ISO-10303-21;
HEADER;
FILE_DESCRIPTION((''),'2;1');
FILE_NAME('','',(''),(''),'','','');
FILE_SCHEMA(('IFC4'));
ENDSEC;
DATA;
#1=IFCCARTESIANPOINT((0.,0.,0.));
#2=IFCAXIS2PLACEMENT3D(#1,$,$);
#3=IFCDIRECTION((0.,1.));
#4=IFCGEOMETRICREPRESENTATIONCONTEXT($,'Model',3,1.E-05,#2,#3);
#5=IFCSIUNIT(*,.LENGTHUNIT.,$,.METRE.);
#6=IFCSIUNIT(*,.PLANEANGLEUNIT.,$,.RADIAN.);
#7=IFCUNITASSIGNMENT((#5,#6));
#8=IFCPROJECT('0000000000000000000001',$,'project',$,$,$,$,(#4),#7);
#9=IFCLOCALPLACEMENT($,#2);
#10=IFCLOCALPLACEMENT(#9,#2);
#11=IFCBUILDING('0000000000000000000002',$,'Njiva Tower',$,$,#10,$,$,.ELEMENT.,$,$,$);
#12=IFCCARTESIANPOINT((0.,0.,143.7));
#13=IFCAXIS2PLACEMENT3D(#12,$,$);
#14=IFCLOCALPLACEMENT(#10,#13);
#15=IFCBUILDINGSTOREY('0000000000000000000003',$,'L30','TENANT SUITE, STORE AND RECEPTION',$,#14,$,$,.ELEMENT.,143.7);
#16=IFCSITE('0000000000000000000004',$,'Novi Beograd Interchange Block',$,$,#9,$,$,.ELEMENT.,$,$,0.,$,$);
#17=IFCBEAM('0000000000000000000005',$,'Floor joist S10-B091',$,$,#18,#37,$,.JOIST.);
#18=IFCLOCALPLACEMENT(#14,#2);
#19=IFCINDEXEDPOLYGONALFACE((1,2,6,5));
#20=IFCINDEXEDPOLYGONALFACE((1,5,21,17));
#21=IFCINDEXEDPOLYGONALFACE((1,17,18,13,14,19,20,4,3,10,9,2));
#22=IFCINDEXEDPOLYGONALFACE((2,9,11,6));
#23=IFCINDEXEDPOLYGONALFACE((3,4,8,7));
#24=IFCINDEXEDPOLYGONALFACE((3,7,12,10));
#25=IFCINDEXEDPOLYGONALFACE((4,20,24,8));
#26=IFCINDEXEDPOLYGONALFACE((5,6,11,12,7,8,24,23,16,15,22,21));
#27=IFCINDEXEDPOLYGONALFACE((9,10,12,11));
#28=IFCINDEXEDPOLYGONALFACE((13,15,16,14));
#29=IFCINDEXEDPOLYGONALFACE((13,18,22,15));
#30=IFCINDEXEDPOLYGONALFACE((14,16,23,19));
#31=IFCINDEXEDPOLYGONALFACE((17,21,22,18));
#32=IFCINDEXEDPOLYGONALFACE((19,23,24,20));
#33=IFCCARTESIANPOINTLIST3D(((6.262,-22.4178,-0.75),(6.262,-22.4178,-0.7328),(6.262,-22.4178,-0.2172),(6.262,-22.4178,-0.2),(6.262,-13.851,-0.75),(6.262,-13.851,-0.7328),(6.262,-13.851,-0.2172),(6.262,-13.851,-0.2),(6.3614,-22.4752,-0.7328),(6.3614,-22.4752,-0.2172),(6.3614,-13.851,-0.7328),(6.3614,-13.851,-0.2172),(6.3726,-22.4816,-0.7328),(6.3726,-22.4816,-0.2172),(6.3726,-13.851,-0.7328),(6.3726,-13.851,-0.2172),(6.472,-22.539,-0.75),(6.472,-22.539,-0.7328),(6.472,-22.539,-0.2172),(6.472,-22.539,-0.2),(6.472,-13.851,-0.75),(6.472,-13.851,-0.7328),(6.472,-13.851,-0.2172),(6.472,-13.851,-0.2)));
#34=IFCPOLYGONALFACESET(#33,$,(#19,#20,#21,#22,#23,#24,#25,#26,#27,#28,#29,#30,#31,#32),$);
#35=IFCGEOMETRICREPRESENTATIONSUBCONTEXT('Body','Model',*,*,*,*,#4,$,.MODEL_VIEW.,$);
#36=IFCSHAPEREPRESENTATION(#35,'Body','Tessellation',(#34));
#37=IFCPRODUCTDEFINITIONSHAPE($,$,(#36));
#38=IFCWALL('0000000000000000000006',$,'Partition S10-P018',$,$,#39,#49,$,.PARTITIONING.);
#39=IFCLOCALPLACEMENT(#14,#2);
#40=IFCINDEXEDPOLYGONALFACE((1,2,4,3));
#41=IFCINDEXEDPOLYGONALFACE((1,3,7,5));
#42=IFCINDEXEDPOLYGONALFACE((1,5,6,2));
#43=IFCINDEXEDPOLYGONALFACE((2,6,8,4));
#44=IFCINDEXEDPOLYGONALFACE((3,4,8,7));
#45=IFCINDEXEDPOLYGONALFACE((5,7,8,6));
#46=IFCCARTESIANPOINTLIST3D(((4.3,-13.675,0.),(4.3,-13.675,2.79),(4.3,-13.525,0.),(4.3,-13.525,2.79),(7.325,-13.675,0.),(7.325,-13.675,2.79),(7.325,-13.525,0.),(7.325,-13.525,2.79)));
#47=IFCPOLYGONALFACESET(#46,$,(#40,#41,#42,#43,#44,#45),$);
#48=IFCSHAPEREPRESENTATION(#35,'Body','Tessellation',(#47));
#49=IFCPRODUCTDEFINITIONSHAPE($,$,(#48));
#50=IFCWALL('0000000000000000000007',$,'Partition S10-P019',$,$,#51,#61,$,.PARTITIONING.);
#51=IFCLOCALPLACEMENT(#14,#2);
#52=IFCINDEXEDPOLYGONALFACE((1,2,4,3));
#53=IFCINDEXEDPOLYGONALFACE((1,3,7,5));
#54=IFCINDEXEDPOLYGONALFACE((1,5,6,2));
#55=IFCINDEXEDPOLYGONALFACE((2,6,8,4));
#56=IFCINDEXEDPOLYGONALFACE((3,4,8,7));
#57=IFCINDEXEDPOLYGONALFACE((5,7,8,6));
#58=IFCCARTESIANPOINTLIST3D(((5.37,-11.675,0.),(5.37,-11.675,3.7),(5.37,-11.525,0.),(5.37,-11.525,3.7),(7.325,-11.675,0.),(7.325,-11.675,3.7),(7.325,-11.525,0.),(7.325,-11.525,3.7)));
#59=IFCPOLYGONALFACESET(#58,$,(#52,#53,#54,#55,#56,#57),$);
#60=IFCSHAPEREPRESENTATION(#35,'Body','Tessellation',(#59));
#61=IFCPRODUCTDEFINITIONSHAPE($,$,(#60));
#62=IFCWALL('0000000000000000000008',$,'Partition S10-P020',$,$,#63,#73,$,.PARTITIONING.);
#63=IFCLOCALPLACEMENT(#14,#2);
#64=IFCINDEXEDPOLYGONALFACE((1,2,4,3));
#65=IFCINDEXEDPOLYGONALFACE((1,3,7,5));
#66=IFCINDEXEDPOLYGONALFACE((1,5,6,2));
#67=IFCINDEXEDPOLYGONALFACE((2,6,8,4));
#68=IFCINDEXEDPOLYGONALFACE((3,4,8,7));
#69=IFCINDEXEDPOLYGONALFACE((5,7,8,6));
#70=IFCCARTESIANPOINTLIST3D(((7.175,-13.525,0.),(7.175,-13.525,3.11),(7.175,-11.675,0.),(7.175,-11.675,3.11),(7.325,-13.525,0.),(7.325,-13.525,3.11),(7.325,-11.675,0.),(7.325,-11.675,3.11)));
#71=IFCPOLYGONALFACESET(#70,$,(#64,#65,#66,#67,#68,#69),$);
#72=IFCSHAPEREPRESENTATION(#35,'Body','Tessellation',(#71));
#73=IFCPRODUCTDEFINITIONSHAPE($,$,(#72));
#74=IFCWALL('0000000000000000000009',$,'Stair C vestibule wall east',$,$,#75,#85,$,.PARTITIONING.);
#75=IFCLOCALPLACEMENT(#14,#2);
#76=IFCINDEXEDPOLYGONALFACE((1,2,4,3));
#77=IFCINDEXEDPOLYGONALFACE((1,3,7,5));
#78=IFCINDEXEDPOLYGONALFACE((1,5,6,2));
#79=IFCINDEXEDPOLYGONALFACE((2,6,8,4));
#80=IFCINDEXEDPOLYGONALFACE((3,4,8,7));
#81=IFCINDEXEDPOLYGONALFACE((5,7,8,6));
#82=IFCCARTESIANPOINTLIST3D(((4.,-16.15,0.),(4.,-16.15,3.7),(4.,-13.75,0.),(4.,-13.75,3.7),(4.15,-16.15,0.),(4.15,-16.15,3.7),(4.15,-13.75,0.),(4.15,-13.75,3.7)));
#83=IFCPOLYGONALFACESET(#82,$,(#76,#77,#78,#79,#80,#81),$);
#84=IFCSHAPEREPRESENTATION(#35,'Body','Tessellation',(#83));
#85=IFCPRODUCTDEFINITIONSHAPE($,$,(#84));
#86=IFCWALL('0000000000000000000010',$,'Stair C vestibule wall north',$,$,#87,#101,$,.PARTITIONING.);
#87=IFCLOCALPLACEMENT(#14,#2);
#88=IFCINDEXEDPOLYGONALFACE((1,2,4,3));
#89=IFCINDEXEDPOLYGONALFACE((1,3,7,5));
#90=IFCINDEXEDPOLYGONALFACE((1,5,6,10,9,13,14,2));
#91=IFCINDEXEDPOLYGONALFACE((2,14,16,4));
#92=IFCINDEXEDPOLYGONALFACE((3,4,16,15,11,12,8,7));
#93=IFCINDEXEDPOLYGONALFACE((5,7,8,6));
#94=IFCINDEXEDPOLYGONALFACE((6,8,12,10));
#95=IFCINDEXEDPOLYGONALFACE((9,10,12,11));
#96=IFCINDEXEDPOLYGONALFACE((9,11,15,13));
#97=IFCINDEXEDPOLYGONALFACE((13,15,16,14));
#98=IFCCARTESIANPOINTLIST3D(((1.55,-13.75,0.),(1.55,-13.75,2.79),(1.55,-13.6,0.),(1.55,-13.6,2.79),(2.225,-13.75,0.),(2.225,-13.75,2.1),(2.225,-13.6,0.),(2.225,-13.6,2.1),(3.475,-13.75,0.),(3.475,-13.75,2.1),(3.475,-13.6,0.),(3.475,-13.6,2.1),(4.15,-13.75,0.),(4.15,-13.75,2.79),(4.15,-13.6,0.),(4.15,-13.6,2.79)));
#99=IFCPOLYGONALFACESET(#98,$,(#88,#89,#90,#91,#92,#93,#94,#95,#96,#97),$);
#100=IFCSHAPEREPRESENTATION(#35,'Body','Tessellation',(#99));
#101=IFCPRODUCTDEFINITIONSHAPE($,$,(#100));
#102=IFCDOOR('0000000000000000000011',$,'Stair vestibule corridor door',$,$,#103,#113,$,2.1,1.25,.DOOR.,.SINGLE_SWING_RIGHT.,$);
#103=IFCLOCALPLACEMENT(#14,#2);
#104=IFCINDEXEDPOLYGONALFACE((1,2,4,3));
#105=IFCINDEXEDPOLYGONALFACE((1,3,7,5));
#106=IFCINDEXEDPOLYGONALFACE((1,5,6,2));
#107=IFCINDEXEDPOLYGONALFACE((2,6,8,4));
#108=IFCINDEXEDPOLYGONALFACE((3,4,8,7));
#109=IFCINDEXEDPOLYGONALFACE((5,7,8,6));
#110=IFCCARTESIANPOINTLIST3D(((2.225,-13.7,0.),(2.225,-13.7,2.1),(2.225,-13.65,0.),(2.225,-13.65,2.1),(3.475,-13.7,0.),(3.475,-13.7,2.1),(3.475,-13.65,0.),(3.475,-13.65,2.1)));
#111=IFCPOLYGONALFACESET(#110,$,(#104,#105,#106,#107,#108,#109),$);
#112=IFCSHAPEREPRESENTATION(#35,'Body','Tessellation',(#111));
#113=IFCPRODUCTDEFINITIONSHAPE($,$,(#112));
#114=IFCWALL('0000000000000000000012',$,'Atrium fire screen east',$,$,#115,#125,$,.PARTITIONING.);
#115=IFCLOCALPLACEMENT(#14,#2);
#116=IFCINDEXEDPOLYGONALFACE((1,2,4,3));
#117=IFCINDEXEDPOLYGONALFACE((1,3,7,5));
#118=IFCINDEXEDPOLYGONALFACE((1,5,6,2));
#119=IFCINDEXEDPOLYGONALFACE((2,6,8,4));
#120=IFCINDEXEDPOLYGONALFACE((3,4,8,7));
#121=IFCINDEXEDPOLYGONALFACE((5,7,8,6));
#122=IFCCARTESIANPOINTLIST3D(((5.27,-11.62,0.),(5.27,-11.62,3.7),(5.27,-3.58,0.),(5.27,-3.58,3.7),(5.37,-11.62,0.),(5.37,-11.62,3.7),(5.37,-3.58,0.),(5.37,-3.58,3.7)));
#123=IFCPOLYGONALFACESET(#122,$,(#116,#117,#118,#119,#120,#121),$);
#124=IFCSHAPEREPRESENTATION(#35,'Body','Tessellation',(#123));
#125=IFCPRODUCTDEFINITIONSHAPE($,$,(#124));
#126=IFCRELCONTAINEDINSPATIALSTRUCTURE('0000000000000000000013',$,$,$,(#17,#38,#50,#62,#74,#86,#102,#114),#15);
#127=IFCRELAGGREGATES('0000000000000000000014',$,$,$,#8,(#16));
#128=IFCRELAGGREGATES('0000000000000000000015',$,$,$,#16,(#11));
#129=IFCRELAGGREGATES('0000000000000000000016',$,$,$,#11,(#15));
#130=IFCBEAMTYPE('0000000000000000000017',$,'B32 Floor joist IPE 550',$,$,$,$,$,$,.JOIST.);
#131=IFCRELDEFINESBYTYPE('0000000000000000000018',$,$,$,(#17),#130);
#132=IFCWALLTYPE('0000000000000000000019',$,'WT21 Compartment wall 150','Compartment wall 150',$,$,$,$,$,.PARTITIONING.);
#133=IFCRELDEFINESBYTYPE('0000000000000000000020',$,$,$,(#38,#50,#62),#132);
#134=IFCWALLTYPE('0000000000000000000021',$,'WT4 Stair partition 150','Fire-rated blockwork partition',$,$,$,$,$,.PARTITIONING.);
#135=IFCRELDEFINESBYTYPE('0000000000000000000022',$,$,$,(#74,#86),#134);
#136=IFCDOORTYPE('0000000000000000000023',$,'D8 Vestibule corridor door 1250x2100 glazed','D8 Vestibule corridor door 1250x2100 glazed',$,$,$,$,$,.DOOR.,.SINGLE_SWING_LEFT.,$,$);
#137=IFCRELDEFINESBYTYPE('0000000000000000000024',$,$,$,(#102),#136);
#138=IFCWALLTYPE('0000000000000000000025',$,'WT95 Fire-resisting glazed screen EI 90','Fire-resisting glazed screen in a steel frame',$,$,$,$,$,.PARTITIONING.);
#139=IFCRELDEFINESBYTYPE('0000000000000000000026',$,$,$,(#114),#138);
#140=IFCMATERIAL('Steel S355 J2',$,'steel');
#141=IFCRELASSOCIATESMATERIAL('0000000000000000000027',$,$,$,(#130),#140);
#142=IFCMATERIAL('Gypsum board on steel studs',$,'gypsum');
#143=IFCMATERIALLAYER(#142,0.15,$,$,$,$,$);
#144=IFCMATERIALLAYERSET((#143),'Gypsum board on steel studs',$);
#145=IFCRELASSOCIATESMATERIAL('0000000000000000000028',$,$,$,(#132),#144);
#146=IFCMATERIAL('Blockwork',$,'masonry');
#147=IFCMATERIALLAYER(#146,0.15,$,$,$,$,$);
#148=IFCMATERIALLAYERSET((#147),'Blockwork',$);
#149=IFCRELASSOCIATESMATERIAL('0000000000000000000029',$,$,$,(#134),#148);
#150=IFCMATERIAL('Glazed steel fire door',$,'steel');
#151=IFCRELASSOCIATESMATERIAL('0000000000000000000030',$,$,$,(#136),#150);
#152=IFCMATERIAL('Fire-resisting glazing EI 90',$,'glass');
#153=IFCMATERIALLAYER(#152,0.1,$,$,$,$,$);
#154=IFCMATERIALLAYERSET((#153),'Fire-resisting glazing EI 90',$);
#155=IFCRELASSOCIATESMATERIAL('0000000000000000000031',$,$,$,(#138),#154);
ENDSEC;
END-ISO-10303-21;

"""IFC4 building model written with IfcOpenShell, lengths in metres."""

from ifc_helpers import new_model, si_unit, direction, frame, frame_2d, origin, origin_2d, place, context, subcontext, project, spatial, rectangle, i_section, extrude, clip, halfspace, material, layer, layer_set, material_profile, profile_set, type_object, element, fill, save


model = new_model("IFC4")

# Units and contexts
model_context = context("Model", 3, precision=1e-05, world=origin(), true_north=direction((0.0, 1.0)))
body_context = subcontext(model_context, "Body", "Model", "MODEL_VIEW")
ifc_project = project(units=[si_unit("LENGTHUNIT", "METRE"), si_unit("PLANEANGLEUNIT", "RADIAN")], contexts=[model_context])

# Site, building, storey
site_placement = place(None, origin())
site = spatial("IfcSite", under=ifc_project, at=site_placement, Name="Novi Beograd Interchange Block", CompositionType="ELEMENT", RefElevation=0.0)
building_placement = place(site_placement, origin())
building = spatial("IfcBuilding", under=site, at=building_placement, Name="Njiva Tower", CompositionType="ELEMENT")
storey_placement = place(building_placement, frame((0.0, 0.0, 143.7)))
storey = spatial("IfcBuildingStorey", under=building, at=storey_placement, Name="L30", Description="TENANT SUITE, STORE AND RECEPTION", CompositionType="ELEMENT", Elevation=143.7)

# Shared definitions
ifc_material_1 = material(Name="Steel S355 J2", Category="steel")

# Beam
ifc_material_profile_1 = material_profile(ifc_material_1, i_section(OverallWidth=0.21, OverallDepth=0.55, WebThickness=0.0111, FlangeThickness=0.0172, at=origin_2d()), Name="IPE 550")
ifc_profile_set_1 = profile_set([ifc_material_profile_1], Name="Steel S355 J2")
beam_type_1 = type_object("IfcBeamType", Name="B32 Floor joist IPE 550", PredefinedType="JOIST", material=ifc_profile_set_1)
beam_1_placement = place(storey_placement, frame((6.367, -13.851, -0.475), z_axis=(0.0, -1.0, 0.0), x_axis=(1.0, 0.0, 0.0)))
element("IfcBeam", 1, at=beam_1_placement, inside=storey, type_object=beam_type_1, Name="Floor joist S10-B091", PredefinedType="JOIST", context=body_context, shape_type="Clipping", body=[
    clip(extrude(i_section(OverallWidth=0.21, OverallDepth=0.55, WebThickness=0.0111, FlangeThickness=0.0172, at=origin_2d()), origin(), (0.0, 0.0, 1.0), 8.708), halfspace(frame((-0.0253, 0.0, 8.6128), z_axis=(-0.499998, 0.0, 0.866027), x_axis=(0.0, 1.0, 0.0)), False)),
])

# Walls
ifc_material_2 = material(Name="Gypsum board on steel studs", Category="gypsum")
ifc_layer_1 = layer(ifc_material_2, 0.15)
ifc_layer_set_1 = layer_set([ifc_layer_1], Name="Gypsum board on steel studs")
wall_type_1 = type_object("IfcWallType", Name="WT21 Compartment wall 150", Description="Compartment wall 150", PredefinedType="PARTITIONING", material=ifc_layer_set_1)
wall_1_placement = place(storey_placement, frame((4.3, -13.6, 0.0), z_axis=(0.0, 0.0, 1.0), x_axis=(1.0, 0.0, 0.0)))
element("IfcWall", 2, at=wall_1_placement, inside=storey, type_object=wall_type_1, Name="Partition S10-P018", PredefinedType="PARTITIONING", context=body_context, shape_type="SweptSolid", body=[
    extrude(rectangle(XDim=3.025, YDim=0.15, at=frame_2d((1.5125, 0.0))), origin(), (0.0, 0.0, 1.0), 2.79),
])
wall_2_placement = place(storey_placement, frame((5.37, -11.6, 0.0), z_axis=(0.0, 0.0, 1.0), x_axis=(1.0, 0.0, 0.0)))
element("IfcWall", 3, at=wall_2_placement, inside=storey, type_object=wall_type_1, Name="Partition S10-P019", PredefinedType="PARTITIONING", context=body_context, shape_type="SweptSolid", body=[
    extrude(rectangle(XDim=1.955, YDim=0.15, at=frame_2d((0.9775, 0.0))), origin(), (0.0, 0.0, 1.0), 3.7),
])
wall_3_placement = place(storey_placement, frame((7.25, -13.525, 0.0), z_axis=(0.0, 0.0, 1.0), x_axis=(0.0, 1.0, 0.0)))
element("IfcWall", 4, at=wall_3_placement, inside=storey, type_object=wall_type_1, Name="Partition S10-P020", PredefinedType="PARTITIONING", context=body_context, shape_type="SweptSolid", body=[
    extrude(rectangle(XDim=1.85, YDim=0.15, at=frame_2d((0.925, 0.0))), origin(), (0.0, 0.0, 1.0), 3.11),
])
ifc_material_3 = material(Name="Blockwork", Category="masonry")
ifc_layer_2 = layer(ifc_material_3, 0.15)
ifc_layer_set_2 = layer_set([ifc_layer_2], Name="Blockwork")
wall_type_2 = type_object("IfcWallType", Name="WT4 Stair partition 150", Description="Fire-rated blockwork partition", PredefinedType="PARTITIONING", material=ifc_layer_set_2)
wall_4_placement = place(storey_placement, frame((4.075, -16.15, 0.0), z_axis=(0.0, 0.0, 1.0), x_axis=(0.0, 1.0, 0.0)))
element("IfcWall", 5, at=wall_4_placement, inside=storey, type_object=wall_type_2, Name="Stair C vestibule wall east", PredefinedType="PARTITIONING", context=body_context, shape_type="SweptSolid", body=[
    extrude(rectangle(XDim=2.4, YDim=0.15, at=frame_2d((1.2, 0.0))), origin(), (0.0, 0.0, 1.0), 3.7),
])

# Wall, opening, door
wall_5_placement = place(storey_placement, frame((1.55, -13.675, 0.0), z_axis=(0.0, 0.0, 1.0), x_axis=(1.0, 0.0, 0.0)))
wall_5 = element("IfcWall", 6, at=wall_5_placement, inside=storey, type_object=wall_type_2, Name="Stair C vestibule wall north", PredefinedType="PARTITIONING", context=body_context, shape_type="SweptSolid", body=[
    extrude(rectangle(XDim=2.6, YDim=0.15, at=frame_2d((1.3, 0.0))), origin(), (0.0, 0.0, 1.0), 2.79),
])
opening_placement = place(wall_5_placement, frame((0.675, 0.0, 0.0)))
opening = element("IfcOpeningElement", 7, at=opening_placement, cuts=wall_5, PredefinedType="OPENING", context=body_context, shape_type="SweptSolid", body=[
    extrude(rectangle(XDim=1.25, YDim=2.1, at=frame_2d((0.625, 1.05))), frame((0.0, 0.085, 0.0), z_axis=(0.0, -1.0, 0.0), x_axis=(1.0, 0.0, 0.0)), (0.0, 0.0, 1.0), 0.17),
])
ifc_material_4 = material(Name="Glazed steel fire door", Category="steel")
door_type = type_object("IfcDoorType", Name="D8 Vestibule corridor door 1250x2100 glazed", Description="D8 Vestibule corridor door 1250x2100 glazed", OperationType="SINGLE_SWING_LEFT", PredefinedType="DOOR", material=ifc_material_4)
door_placement = place(opening_placement, origin())
door = element("IfcDoor", 8, at=door_placement, inside=storey, type_object=door_type, Name="Stair vestibule corridor door", OperationType="SINGLE_SWING_RIGHT", OverallHeight=2.1, OverallWidth=1.25, PredefinedType="DOOR", context=body_context, shape_type="SweptSolid", body=[
    extrude(rectangle(XDim=1.25, YDim=2.1, at=frame_2d((0.625, 1.05))), frame((0.0, 0.025, 0.0), z_axis=(0.0, -1.0, 0.0), x_axis=(1.0, 0.0, 0.0)), (0.0, 0.0, 1.0), 0.05),
])
fill(opening, door)

# Wall
ifc_material_5 = material(Name="Fire-resisting glazing EI 90", Category="glass")
ifc_layer_3 = layer(ifc_material_5, 0.1)
ifc_layer_set_3 = layer_set([ifc_layer_3], Name="Fire-resisting glazing EI 90")
wall_type_3 = type_object("IfcWallType", Name="WT95 Fire-resisting glazed screen EI 90", Description="Fire-resisting glazed screen in a steel frame", PredefinedType="PARTITIONING", material=ifc_layer_set_3)
wall_6_placement = place(storey_placement, frame((5.32, -11.62, 0.0), z_axis=(0.0, 0.0, 1.0), x_axis=(0.0, 1.0, 0.0)))
element("IfcWall", 9, at=wall_6_placement, inside=storey, type_object=wall_type_3, Name="Atrium fire screen east", PredefinedType="PARTITIONING", context=body_context, shape_type="SweptSolid", body=[
    extrude(rectangle(XDim=8.04, YDim=0.1, at=frame_2d((4.02, 0.0))), origin(), (0.0, 0.0, 1.0), 3.7),
])

save(model, "model.ifc")
